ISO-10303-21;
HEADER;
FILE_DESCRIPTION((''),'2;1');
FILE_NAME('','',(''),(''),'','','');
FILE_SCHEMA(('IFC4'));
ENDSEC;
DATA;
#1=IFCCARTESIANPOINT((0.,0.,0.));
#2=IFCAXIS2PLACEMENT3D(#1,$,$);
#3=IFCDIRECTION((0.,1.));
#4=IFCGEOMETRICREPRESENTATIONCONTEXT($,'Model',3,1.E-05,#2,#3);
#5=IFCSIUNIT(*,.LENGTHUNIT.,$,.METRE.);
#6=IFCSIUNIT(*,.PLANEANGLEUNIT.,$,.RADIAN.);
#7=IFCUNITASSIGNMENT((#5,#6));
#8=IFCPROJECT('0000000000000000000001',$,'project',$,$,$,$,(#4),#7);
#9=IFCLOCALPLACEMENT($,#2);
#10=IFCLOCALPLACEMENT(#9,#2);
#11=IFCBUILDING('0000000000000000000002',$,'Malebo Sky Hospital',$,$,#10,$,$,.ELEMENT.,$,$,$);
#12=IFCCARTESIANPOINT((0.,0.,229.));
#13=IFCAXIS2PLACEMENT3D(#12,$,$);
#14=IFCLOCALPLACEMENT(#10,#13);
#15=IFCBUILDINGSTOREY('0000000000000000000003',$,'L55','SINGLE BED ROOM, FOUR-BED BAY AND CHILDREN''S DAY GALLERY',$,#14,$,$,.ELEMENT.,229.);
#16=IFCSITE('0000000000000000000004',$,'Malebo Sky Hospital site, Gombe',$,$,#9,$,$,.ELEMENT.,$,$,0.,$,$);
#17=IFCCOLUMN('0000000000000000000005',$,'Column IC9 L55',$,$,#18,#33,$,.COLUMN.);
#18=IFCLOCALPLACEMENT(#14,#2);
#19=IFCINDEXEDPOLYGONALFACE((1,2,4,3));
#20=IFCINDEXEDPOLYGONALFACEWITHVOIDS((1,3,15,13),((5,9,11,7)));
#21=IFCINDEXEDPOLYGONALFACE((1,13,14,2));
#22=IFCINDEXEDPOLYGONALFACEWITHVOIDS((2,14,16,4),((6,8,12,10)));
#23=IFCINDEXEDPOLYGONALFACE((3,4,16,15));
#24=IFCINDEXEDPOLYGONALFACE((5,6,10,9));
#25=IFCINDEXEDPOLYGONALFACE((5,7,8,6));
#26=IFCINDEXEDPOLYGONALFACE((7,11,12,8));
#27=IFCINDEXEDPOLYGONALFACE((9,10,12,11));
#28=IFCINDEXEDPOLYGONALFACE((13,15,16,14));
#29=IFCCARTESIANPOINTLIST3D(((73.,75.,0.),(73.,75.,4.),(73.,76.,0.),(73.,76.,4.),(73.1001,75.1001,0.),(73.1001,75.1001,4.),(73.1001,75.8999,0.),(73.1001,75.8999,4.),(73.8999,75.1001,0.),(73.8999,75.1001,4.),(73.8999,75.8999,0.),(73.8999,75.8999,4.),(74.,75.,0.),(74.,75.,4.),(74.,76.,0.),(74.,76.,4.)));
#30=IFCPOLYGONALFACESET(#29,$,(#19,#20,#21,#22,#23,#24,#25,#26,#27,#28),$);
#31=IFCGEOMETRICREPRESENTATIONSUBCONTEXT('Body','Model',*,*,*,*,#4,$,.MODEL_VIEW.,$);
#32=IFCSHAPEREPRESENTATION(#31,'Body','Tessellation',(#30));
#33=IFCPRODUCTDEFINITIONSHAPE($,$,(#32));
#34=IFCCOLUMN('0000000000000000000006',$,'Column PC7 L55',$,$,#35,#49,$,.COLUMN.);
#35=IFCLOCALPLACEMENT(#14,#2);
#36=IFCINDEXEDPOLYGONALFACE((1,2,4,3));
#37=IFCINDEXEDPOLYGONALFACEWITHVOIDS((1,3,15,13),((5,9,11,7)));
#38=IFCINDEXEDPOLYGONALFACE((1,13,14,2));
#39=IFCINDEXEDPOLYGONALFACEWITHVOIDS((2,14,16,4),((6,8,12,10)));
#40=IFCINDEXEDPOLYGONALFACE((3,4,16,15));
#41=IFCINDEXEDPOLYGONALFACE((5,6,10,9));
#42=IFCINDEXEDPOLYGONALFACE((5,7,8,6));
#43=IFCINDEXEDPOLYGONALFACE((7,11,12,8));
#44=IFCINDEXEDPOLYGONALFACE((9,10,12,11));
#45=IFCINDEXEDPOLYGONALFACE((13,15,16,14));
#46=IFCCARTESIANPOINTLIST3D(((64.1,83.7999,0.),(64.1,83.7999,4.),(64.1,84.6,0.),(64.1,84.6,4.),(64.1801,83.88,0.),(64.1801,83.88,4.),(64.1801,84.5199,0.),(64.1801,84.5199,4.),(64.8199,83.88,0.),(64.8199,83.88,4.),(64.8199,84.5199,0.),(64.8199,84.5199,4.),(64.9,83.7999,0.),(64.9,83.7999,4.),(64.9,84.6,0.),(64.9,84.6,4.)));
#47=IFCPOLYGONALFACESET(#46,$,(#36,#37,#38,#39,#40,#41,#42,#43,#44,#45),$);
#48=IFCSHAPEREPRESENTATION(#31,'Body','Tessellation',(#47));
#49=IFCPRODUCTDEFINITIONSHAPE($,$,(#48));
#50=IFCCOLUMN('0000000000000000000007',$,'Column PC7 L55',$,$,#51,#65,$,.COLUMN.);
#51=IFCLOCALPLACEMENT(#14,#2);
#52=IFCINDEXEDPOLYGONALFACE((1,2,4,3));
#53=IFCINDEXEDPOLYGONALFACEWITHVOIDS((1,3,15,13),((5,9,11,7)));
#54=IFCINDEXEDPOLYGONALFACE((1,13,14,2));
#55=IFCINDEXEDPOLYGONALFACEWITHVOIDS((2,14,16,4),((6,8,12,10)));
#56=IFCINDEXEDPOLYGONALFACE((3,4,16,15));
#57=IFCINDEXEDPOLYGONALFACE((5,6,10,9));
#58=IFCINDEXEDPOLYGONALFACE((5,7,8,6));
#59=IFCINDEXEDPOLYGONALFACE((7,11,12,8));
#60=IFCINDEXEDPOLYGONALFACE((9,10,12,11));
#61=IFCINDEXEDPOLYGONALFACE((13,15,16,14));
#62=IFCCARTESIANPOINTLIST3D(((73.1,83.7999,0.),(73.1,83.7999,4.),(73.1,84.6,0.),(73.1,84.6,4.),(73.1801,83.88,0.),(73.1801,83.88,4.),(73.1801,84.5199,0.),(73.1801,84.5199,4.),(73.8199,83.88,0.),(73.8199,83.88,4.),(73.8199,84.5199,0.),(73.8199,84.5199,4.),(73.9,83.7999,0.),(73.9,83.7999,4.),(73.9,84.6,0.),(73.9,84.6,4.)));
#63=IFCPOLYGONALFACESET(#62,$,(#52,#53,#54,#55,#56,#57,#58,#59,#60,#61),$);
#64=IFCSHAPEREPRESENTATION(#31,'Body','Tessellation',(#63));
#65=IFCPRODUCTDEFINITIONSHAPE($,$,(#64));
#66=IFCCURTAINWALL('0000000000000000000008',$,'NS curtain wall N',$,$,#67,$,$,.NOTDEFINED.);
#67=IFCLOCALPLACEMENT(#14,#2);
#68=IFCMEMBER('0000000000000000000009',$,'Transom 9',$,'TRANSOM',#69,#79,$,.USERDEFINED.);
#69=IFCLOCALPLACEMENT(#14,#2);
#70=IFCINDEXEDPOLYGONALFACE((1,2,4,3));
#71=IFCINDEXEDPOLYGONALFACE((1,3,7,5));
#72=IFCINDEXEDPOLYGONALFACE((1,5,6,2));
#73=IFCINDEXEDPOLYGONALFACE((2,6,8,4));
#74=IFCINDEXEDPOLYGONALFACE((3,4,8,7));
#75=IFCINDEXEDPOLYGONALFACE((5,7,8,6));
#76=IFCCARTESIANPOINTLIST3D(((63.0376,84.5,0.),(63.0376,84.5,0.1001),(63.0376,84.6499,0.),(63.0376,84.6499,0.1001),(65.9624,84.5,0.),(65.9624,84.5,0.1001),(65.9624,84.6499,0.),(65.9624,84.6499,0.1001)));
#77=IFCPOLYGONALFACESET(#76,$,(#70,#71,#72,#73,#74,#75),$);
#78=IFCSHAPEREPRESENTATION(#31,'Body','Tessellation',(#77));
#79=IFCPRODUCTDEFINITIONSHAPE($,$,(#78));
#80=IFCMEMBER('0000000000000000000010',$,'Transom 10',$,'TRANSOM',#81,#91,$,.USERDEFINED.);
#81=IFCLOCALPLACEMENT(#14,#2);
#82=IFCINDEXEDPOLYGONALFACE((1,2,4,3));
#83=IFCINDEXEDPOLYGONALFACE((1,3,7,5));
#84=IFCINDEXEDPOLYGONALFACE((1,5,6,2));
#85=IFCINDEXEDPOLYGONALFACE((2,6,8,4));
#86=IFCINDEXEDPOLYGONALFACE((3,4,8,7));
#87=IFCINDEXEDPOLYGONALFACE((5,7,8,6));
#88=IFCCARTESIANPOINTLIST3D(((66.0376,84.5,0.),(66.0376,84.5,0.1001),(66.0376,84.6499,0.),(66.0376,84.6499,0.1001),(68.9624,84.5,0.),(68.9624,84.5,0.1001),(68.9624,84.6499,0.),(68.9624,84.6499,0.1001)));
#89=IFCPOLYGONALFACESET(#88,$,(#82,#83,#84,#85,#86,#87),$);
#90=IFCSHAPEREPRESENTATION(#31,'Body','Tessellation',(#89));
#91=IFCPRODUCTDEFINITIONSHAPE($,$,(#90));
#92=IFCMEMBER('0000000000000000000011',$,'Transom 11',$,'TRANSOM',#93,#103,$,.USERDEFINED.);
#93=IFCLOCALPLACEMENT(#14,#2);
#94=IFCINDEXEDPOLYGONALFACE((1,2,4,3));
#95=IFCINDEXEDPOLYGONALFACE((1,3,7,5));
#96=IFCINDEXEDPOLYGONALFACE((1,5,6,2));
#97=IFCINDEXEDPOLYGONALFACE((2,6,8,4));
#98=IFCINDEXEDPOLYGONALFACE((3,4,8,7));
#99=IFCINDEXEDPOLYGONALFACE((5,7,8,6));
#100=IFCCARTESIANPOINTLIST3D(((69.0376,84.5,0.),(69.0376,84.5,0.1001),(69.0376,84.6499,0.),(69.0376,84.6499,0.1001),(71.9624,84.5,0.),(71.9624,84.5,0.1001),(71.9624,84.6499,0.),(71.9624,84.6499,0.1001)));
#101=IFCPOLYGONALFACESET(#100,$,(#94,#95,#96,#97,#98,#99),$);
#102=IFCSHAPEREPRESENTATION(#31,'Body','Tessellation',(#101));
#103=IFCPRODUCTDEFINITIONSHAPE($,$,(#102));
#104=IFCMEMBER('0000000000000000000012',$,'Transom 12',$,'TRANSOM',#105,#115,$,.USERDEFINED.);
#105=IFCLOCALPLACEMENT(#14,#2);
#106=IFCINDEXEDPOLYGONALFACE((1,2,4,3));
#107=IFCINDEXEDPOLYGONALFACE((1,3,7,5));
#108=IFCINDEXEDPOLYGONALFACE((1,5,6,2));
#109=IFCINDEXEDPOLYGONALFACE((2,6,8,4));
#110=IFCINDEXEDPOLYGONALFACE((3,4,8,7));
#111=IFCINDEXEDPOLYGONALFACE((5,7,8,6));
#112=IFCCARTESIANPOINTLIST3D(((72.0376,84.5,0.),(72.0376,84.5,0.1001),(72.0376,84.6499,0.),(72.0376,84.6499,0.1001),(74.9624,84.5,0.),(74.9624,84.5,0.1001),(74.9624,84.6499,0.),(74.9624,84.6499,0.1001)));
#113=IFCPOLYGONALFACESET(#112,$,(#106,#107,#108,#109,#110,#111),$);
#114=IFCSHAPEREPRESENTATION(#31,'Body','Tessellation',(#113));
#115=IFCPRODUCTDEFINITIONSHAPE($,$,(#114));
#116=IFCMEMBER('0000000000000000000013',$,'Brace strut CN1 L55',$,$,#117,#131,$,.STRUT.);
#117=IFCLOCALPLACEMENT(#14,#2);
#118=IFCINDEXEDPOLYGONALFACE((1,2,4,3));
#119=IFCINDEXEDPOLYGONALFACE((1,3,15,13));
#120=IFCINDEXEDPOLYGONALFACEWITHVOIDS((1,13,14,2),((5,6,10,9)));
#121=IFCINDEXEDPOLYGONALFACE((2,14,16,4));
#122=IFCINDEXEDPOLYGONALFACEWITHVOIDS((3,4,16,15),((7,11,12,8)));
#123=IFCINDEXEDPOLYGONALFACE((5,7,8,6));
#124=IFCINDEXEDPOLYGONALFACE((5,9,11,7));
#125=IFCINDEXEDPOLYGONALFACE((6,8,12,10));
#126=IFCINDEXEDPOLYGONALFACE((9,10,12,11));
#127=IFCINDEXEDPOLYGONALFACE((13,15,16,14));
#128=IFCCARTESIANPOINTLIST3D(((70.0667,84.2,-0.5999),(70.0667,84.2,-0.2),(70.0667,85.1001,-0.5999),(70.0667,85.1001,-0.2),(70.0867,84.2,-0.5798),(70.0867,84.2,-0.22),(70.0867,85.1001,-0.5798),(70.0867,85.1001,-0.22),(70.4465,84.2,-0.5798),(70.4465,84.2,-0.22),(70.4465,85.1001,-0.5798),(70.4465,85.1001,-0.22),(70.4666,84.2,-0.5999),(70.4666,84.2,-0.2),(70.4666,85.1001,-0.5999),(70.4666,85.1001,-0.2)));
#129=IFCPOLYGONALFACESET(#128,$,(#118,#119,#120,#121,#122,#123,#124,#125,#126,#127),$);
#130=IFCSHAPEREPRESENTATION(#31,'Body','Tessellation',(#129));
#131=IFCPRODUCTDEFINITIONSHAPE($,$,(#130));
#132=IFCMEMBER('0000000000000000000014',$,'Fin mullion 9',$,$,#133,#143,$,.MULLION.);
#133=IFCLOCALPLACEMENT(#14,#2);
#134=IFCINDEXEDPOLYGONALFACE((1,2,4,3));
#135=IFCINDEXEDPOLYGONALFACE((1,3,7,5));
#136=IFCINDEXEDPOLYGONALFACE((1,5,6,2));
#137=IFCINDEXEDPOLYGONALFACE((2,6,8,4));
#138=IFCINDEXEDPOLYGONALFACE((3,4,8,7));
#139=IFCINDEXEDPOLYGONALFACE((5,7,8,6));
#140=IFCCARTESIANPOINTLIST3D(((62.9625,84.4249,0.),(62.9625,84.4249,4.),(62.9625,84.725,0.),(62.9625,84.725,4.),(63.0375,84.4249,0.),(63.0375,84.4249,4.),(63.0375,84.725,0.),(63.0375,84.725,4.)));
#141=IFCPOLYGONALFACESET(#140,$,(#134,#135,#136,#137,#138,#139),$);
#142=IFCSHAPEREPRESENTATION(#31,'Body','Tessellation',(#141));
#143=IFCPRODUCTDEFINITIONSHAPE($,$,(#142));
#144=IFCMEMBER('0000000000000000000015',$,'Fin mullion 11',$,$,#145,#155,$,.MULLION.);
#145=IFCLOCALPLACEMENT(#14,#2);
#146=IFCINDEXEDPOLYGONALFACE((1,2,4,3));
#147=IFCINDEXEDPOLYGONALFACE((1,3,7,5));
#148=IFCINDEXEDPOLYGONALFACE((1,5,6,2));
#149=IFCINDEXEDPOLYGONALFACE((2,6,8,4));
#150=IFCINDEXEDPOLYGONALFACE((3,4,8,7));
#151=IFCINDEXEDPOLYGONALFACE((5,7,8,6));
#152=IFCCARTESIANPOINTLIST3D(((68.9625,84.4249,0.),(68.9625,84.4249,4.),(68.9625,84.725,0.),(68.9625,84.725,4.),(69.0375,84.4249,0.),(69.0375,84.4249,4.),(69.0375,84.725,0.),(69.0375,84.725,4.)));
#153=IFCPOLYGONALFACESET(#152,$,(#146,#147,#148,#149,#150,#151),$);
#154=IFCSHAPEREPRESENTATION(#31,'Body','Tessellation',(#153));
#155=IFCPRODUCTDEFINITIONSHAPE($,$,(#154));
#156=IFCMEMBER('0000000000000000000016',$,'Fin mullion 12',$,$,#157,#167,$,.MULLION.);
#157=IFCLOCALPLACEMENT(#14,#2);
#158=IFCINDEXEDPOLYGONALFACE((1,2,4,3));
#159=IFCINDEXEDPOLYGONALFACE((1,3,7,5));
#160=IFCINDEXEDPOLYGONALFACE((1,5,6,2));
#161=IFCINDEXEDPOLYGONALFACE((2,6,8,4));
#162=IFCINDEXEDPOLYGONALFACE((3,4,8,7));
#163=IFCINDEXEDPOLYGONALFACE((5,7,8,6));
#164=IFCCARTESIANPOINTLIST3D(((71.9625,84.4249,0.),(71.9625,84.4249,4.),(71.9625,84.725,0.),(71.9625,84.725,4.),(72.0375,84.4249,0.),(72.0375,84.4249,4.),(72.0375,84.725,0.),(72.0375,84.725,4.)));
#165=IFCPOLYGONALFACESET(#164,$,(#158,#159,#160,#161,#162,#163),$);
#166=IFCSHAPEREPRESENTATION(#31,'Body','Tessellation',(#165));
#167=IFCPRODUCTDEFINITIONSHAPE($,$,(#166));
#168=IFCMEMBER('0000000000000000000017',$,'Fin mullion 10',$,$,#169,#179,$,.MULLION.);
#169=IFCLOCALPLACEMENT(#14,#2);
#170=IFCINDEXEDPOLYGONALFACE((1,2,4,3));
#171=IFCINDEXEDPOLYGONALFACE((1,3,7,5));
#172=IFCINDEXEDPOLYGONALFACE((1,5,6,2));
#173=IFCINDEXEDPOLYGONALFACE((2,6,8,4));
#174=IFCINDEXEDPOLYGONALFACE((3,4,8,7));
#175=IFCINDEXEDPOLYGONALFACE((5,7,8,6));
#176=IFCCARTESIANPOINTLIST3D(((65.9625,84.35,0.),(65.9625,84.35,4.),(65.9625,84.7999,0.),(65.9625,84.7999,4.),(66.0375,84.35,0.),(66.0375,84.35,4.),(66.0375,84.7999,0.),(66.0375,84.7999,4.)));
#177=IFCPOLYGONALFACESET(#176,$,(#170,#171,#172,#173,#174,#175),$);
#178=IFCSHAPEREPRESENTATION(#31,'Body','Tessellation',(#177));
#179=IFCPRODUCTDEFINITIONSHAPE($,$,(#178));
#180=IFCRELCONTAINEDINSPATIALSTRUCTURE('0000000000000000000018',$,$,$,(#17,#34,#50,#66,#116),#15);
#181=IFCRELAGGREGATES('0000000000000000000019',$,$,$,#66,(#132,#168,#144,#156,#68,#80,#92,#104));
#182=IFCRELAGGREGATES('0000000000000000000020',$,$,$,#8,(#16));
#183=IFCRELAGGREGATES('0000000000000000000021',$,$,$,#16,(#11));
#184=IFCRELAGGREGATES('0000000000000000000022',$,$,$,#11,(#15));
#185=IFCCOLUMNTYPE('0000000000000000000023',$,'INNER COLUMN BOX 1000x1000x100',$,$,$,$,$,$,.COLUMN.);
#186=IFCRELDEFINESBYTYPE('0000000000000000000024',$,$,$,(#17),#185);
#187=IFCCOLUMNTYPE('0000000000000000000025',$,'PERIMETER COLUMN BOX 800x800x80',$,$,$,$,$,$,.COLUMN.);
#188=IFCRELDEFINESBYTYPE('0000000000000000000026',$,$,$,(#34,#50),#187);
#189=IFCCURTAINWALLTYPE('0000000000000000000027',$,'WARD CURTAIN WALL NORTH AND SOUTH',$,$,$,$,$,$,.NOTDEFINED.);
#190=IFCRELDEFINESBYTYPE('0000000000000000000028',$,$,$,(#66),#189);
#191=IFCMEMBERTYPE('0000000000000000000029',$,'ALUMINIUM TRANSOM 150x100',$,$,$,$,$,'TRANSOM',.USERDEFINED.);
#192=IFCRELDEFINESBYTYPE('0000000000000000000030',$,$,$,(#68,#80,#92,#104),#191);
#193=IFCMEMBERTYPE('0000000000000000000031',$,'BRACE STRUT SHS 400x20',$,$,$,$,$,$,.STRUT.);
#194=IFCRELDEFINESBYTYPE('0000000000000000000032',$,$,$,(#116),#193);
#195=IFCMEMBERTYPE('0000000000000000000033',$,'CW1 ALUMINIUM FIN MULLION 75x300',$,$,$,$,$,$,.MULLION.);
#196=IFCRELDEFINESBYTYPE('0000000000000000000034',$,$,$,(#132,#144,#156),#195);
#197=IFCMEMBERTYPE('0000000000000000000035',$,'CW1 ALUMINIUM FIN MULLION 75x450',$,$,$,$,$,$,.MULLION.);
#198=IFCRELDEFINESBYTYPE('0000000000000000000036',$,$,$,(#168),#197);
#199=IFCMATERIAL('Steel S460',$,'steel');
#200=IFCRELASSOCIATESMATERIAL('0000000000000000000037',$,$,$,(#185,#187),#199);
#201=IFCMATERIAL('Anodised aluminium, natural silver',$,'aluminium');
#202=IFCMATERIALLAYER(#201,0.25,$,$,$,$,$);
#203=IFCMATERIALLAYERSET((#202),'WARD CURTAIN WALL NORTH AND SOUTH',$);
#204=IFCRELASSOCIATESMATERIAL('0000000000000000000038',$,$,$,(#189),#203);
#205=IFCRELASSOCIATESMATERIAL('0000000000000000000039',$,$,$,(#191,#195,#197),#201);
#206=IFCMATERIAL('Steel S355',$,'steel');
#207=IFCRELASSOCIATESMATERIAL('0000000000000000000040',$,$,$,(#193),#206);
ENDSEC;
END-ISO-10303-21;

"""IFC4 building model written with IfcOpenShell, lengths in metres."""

from ifc_helpers import new_model, si_unit, direction, frame, origin, origin_2d, place, context, subcontext, project, spatial, rectangle, hollow_rectangle, extrude, material, layer, layer_set, material_profile, profile_set, type_object, element, aggregate, save


model = new_model("IFC4")

# Units and contexts
model_context = context("Model", 3, precision=1e-05, world=origin(), true_north=direction((0.0, 1.0)))
body_context = subcontext(model_context, "Body", "Model", "MODEL_VIEW")
ifc_project = project(units=[si_unit("LENGTHUNIT", "METRE"), si_unit("PLANEANGLEUNIT", "RADIAN")], contexts=[model_context])

# Site, building, storey
site_placement = place(None, origin())
site = spatial("IfcSite", under=ifc_project, at=site_placement, Name="Malebo Sky Hospital site, Gombe", CompositionType="ELEMENT", RefElevation=0.0)
building_placement = place(site_placement, origin())
building = spatial("IfcBuilding", under=site, at=building_placement, Name="Malebo Sky Hospital", CompositionType="ELEMENT")
storey_placement = place(building_placement, frame((0.0, 0.0, 229.0)))
storey = spatial("IfcBuildingStorey", under=building, at=storey_placement, Name="L55", Description="SINGLE BED ROOM, FOUR-BED BAY AND CHILDREN'S DAY GALLERY", CompositionType="ELEMENT", Elevation=229.0)

# Columns
ifc_material_1 = material(Name="Steel S460", Category="steel")
ifc_material_profile_1 = material_profile(ifc_material_1, hollow_rectangle(XDim=1.0, YDim=1.0, WallThickness=0.1001, at=origin_2d()), Name="BOX 1000x1000x100")
ifc_profile_set_1 = profile_set([ifc_material_profile_1], Name="Steel S460")
column_type_1 = type_object("IfcColumnType", Name="INNER COLUMN BOX 1000x1000x100", PredefinedType="COLUMN", material=ifc_profile_set_1)
column_placement = place(storey_placement, frame((73.5, 75.5, 0.0), z_axis=(0.0, 0.0, 1.0), x_axis=(1.0, 0.0, 0.0)))
element("IfcColumn", 1, at=column_placement, inside=storey, type_object=column_type_1, Name="Column IC9 L55", PredefinedType="COLUMN", context=body_context, shape_type="SweptSolid", body=[
    extrude(hollow_rectangle(XDim=1.0, YDim=1.0, WallThickness=0.1001, at=origin_2d()), origin(), (0.0, 0.0, 1.0), 4.0),
])
ifc_material_profile_2 = material_profile(ifc_material_1, hollow_rectangle(XDim=0.8, YDim=0.8, WallThickness=0.0801, at=origin_2d()), Name="BOX 800x800x80")
ifc_profile_set_2 = profile_set([ifc_material_profile_2], Name="Steel S460")
column_type_2 = type_object("IfcColumnType", Name="PERIMETER COLUMN BOX 800x800x80", PredefinedType="COLUMN", material=ifc_profile_set_2)
for number, where, z_axis, x_axis, name in (
    (2, (64.5, 84.2, 0.0), (0.0, 0.0, 1.0), (1.0, 0.0, 0.0), "Column PC7 L55"),
    (3, (73.5, 84.2, 0.0), (0.0, 0.0, 1.0), (1.0, 0.0, 0.0), "Column PC7 L55"),
):
    element("IfcColumn", number, at=place(storey_placement, frame(where, z_axis=z_axis, x_axis=x_axis)), inside=storey, type_object=column_type_2, Name=name, PredefinedType="COLUMN", context=body_context, shape_type="SweptSolid", body=[
        extrude(hollow_rectangle(XDim=0.8, YDim=0.8, WallThickness=0.0801, at=origin_2d()), origin(), (0.0, 0.0, 1.0), 4.0),
    ])

# Curtain wall, members
ifc_material_2 = material(Name="Anodised aluminium, natural silver", Category="aluminium")
ifc_layer_1 = layer(ifc_material_2, 0.25)
ifc_layer_set_1 = layer_set([ifc_layer_1], Name="WARD CURTAIN WALL NORTH AND SOUTH")
curtain_wall_type = type_object("IfcCurtainWallType", Name="WARD CURTAIN WALL NORTH AND SOUTH", PredefinedType="NOTDEFINED", material=ifc_layer_set_1)
curtain_wall_placement = place(storey_placement, origin())
curtain_wall = element("IfcCurtainWall", 4, at=curtain_wall_placement, inside=storey, type_object=curtain_wall_type, Name="NS curtain wall N", PredefinedType="NOTDEFINED")
ifc_material_profile_3 = material_profile(ifc_material_2, rectangle(XDim=0.1499, YDim=0.1001, at=origin_2d()), Name="ALUMINIUM TRANSOM 150x100")
ifc_profile_set_3 = profile_set([ifc_material_profile_3], Name="Anodised aluminium, natural silver")
member_type_1 = type_object("IfcMemberType", Name="ALUMINIUM TRANSOM 150x100", ElementType="TRANSOM", PredefinedType="USERDEFINED", material=ifc_profile_set_3)
member_1_placement = place(storey_placement, frame((63.0376, 84.575, 0.05), z_axis=(1.0, 0.0, 0.0), x_axis=(0.0, 1.0, 0.0)))
member_1 = element("IfcMember", 5, at=member_1_placement, type_object=member_type_1, Name="Transom 9", ObjectType="TRANSOM", PredefinedType="USERDEFINED", context=body_context, shape_type="SweptSolid", body=[
    extrude(rectangle(XDim=0.1499, YDim=0.1001, at=origin_2d()), origin(), (0.0, 0.0, 1.0), 2.9248),
])
member_2_placement = place(storey_placement, frame((66.0376, 84.575, 0.05), z_axis=(1.0, 0.0, 0.0), x_axis=(0.0, 1.0, 0.0)))
member_2 = element("IfcMember", 6, at=member_2_placement, type_object=member_type_1, Name="Transom 10", ObjectType="TRANSOM", PredefinedType="USERDEFINED", context=body_context, shape_type="SweptSolid", body=[
    extrude(rectangle(XDim=0.1499, YDim=0.1001, at=origin_2d()), origin(), (0.0, 0.0, 1.0), 2.9248),
])
member_3_placement = place(storey_placement, frame((69.0376, 84.575, 0.05), z_axis=(1.0, 0.0, 0.0), x_axis=(0.0, 1.0, 0.0)))
member_3 = element("IfcMember", 7, at=member_3_placement, type_object=member_type_1, Name="Transom 11", ObjectType="TRANSOM", PredefinedType="USERDEFINED", context=body_context, shape_type="SweptSolid", body=[
    extrude(rectangle(XDim=0.1499, YDim=0.1001, at=origin_2d()), origin(), (0.0, 0.0, 1.0), 2.9248),
])
member_4_placement = place(storey_placement, frame((72.0376, 84.575, 0.05), z_axis=(1.0, 0.0, 0.0), x_axis=(0.0, 1.0, 0.0)))
member_4 = element("IfcMember", 8, at=member_4_placement, type_object=member_type_1, Name="Transom 12", ObjectType="TRANSOM", PredefinedType="USERDEFINED", context=body_context, shape_type="SweptSolid", body=[
    extrude(rectangle(XDim=0.1499, YDim=0.1001, at=origin_2d()), origin(), (0.0, 0.0, 1.0), 2.9248),
])

# Members
ifc_material_3 = material(Name="Steel S355", Category="steel")
ifc_material_profile_4 = material_profile(ifc_material_3, hollow_rectangle(XDim=0.3999, YDim=0.3999, WallThickness=0.02, at=origin_2d()), Name="SHS 400x20")
ifc_profile_set_4 = profile_set([ifc_material_profile_4], Name="Steel S355")
member_type_2 = type_object("IfcMemberType", Name="BRACE STRUT SHS 400x20", PredefinedType="STRUT", material=ifc_profile_set_4)
member_5_placement = place(storey_placement, frame((70.2666, 85.1001, -0.3999), z_axis=(0.0, -1.0, 0.0), x_axis=(1.0, 0.0, 0.0)))
element("IfcMember", 9, at=member_5_placement, inside=storey, type_object=member_type_2, Name="Brace strut CN1 L55", PredefinedType="STRUT", context=body_context, shape_type="SweptSolid", body=[
    extrude(hollow_rectangle(XDim=0.3999, YDim=0.3999, WallThickness=0.02, at=origin_2d()), origin(), (0.0, 0.0, 1.0), 0.9001),
])
ifc_material_profile_5 = material_profile(ifc_material_2, rectangle(XDim=0.075, YDim=0.3, at=origin_2d()), Name="CW1 ALUMINIUM FIN MULLION 75x300")
ifc_profile_set_5 = profile_set([ifc_material_profile_5], Name="Anodised aluminium, natural silver")
member_type_3 = type_object("IfcMemberType", Name="CW1 ALUMINIUM FIN MULLION 75x300", PredefinedType="MULLION", material=ifc_profile_set_5)
member_6_placement = place(storey_placement, frame((63.0, 84.575, 0.0), z_axis=(0.0, 0.0, 1.0), x_axis=(1.0, 0.0, 0.0)))
member_6 = element("IfcMember", 10, at=member_6_placement, type_object=member_type_3, Name="Fin mullion 9", PredefinedType="MULLION", context=body_context, shape_type="SweptSolid", body=[
    extrude(rectangle(XDim=0.075, YDim=0.3, at=origin_2d()), origin(), (0.0, 0.0, 1.0), 4.0),
])
member_7_placement = place(storey_placement, frame((69.0, 84.575, 0.0), z_axis=(0.0, 0.0, 1.0), x_axis=(1.0, 0.0, 0.0)))
member_7 = element("IfcMember", 11, at=member_7_placement, type_object=member_type_3, Name="Fin mullion 11", PredefinedType="MULLION", context=body_context, shape_type="SweptSolid", body=[
    extrude(rectangle(XDim=0.075, YDim=0.3, at=origin_2d()), origin(), (0.0, 0.0, 1.0), 4.0),
])
member_8_placement = place(storey_placement, frame((72.0, 84.575, 0.0), z_axis=(0.0, 0.0, 1.0), x_axis=(1.0, 0.0, 0.0)))
member_8 = element("IfcMember", 12, at=member_8_placement, type_object=member_type_3, Name="Fin mullion 12", PredefinedType="MULLION", context=body_context, shape_type="SweptSolid", body=[
    extrude(rectangle(XDim=0.075, YDim=0.3, at=origin_2d()), origin(), (0.0, 0.0, 1.0), 4.0),
])
ifc_material_profile_6 = material_profile(ifc_material_2, rectangle(XDim=0.075, YDim=0.45, at=origin_2d()), Name="CW1 ALUMINIUM FIN MULLION 75x450")
ifc_profile_set_6 = profile_set([ifc_material_profile_6], Name="Anodised aluminium, natural silver")
member_type_4 = type_object("IfcMemberType", Name="CW1 ALUMINIUM FIN MULLION 75x450", PredefinedType="MULLION", material=ifc_profile_set_6)
member_9_placement = place(storey_placement, frame((66.0, 84.575, 0.0), z_axis=(0.0, 0.0, 1.0), x_axis=(1.0, 0.0, 0.0)))
member_9 = element("IfcMember", 13, at=member_9_placement, type_object=member_type_4, Name="Fin mullion 10", PredefinedType="MULLION", context=body_context, shape_type="SweptSolid", body=[
    extrude(rectangle(XDim=0.075, YDim=0.45, at=origin_2d()), origin(), (0.0, 0.0, 1.0), 4.0),
])

aggregate(curtain_wall, [member_6, member_9, member_7, member_8, member_1, member_2, member_3, member_4])

save(model, "model.ifc")
